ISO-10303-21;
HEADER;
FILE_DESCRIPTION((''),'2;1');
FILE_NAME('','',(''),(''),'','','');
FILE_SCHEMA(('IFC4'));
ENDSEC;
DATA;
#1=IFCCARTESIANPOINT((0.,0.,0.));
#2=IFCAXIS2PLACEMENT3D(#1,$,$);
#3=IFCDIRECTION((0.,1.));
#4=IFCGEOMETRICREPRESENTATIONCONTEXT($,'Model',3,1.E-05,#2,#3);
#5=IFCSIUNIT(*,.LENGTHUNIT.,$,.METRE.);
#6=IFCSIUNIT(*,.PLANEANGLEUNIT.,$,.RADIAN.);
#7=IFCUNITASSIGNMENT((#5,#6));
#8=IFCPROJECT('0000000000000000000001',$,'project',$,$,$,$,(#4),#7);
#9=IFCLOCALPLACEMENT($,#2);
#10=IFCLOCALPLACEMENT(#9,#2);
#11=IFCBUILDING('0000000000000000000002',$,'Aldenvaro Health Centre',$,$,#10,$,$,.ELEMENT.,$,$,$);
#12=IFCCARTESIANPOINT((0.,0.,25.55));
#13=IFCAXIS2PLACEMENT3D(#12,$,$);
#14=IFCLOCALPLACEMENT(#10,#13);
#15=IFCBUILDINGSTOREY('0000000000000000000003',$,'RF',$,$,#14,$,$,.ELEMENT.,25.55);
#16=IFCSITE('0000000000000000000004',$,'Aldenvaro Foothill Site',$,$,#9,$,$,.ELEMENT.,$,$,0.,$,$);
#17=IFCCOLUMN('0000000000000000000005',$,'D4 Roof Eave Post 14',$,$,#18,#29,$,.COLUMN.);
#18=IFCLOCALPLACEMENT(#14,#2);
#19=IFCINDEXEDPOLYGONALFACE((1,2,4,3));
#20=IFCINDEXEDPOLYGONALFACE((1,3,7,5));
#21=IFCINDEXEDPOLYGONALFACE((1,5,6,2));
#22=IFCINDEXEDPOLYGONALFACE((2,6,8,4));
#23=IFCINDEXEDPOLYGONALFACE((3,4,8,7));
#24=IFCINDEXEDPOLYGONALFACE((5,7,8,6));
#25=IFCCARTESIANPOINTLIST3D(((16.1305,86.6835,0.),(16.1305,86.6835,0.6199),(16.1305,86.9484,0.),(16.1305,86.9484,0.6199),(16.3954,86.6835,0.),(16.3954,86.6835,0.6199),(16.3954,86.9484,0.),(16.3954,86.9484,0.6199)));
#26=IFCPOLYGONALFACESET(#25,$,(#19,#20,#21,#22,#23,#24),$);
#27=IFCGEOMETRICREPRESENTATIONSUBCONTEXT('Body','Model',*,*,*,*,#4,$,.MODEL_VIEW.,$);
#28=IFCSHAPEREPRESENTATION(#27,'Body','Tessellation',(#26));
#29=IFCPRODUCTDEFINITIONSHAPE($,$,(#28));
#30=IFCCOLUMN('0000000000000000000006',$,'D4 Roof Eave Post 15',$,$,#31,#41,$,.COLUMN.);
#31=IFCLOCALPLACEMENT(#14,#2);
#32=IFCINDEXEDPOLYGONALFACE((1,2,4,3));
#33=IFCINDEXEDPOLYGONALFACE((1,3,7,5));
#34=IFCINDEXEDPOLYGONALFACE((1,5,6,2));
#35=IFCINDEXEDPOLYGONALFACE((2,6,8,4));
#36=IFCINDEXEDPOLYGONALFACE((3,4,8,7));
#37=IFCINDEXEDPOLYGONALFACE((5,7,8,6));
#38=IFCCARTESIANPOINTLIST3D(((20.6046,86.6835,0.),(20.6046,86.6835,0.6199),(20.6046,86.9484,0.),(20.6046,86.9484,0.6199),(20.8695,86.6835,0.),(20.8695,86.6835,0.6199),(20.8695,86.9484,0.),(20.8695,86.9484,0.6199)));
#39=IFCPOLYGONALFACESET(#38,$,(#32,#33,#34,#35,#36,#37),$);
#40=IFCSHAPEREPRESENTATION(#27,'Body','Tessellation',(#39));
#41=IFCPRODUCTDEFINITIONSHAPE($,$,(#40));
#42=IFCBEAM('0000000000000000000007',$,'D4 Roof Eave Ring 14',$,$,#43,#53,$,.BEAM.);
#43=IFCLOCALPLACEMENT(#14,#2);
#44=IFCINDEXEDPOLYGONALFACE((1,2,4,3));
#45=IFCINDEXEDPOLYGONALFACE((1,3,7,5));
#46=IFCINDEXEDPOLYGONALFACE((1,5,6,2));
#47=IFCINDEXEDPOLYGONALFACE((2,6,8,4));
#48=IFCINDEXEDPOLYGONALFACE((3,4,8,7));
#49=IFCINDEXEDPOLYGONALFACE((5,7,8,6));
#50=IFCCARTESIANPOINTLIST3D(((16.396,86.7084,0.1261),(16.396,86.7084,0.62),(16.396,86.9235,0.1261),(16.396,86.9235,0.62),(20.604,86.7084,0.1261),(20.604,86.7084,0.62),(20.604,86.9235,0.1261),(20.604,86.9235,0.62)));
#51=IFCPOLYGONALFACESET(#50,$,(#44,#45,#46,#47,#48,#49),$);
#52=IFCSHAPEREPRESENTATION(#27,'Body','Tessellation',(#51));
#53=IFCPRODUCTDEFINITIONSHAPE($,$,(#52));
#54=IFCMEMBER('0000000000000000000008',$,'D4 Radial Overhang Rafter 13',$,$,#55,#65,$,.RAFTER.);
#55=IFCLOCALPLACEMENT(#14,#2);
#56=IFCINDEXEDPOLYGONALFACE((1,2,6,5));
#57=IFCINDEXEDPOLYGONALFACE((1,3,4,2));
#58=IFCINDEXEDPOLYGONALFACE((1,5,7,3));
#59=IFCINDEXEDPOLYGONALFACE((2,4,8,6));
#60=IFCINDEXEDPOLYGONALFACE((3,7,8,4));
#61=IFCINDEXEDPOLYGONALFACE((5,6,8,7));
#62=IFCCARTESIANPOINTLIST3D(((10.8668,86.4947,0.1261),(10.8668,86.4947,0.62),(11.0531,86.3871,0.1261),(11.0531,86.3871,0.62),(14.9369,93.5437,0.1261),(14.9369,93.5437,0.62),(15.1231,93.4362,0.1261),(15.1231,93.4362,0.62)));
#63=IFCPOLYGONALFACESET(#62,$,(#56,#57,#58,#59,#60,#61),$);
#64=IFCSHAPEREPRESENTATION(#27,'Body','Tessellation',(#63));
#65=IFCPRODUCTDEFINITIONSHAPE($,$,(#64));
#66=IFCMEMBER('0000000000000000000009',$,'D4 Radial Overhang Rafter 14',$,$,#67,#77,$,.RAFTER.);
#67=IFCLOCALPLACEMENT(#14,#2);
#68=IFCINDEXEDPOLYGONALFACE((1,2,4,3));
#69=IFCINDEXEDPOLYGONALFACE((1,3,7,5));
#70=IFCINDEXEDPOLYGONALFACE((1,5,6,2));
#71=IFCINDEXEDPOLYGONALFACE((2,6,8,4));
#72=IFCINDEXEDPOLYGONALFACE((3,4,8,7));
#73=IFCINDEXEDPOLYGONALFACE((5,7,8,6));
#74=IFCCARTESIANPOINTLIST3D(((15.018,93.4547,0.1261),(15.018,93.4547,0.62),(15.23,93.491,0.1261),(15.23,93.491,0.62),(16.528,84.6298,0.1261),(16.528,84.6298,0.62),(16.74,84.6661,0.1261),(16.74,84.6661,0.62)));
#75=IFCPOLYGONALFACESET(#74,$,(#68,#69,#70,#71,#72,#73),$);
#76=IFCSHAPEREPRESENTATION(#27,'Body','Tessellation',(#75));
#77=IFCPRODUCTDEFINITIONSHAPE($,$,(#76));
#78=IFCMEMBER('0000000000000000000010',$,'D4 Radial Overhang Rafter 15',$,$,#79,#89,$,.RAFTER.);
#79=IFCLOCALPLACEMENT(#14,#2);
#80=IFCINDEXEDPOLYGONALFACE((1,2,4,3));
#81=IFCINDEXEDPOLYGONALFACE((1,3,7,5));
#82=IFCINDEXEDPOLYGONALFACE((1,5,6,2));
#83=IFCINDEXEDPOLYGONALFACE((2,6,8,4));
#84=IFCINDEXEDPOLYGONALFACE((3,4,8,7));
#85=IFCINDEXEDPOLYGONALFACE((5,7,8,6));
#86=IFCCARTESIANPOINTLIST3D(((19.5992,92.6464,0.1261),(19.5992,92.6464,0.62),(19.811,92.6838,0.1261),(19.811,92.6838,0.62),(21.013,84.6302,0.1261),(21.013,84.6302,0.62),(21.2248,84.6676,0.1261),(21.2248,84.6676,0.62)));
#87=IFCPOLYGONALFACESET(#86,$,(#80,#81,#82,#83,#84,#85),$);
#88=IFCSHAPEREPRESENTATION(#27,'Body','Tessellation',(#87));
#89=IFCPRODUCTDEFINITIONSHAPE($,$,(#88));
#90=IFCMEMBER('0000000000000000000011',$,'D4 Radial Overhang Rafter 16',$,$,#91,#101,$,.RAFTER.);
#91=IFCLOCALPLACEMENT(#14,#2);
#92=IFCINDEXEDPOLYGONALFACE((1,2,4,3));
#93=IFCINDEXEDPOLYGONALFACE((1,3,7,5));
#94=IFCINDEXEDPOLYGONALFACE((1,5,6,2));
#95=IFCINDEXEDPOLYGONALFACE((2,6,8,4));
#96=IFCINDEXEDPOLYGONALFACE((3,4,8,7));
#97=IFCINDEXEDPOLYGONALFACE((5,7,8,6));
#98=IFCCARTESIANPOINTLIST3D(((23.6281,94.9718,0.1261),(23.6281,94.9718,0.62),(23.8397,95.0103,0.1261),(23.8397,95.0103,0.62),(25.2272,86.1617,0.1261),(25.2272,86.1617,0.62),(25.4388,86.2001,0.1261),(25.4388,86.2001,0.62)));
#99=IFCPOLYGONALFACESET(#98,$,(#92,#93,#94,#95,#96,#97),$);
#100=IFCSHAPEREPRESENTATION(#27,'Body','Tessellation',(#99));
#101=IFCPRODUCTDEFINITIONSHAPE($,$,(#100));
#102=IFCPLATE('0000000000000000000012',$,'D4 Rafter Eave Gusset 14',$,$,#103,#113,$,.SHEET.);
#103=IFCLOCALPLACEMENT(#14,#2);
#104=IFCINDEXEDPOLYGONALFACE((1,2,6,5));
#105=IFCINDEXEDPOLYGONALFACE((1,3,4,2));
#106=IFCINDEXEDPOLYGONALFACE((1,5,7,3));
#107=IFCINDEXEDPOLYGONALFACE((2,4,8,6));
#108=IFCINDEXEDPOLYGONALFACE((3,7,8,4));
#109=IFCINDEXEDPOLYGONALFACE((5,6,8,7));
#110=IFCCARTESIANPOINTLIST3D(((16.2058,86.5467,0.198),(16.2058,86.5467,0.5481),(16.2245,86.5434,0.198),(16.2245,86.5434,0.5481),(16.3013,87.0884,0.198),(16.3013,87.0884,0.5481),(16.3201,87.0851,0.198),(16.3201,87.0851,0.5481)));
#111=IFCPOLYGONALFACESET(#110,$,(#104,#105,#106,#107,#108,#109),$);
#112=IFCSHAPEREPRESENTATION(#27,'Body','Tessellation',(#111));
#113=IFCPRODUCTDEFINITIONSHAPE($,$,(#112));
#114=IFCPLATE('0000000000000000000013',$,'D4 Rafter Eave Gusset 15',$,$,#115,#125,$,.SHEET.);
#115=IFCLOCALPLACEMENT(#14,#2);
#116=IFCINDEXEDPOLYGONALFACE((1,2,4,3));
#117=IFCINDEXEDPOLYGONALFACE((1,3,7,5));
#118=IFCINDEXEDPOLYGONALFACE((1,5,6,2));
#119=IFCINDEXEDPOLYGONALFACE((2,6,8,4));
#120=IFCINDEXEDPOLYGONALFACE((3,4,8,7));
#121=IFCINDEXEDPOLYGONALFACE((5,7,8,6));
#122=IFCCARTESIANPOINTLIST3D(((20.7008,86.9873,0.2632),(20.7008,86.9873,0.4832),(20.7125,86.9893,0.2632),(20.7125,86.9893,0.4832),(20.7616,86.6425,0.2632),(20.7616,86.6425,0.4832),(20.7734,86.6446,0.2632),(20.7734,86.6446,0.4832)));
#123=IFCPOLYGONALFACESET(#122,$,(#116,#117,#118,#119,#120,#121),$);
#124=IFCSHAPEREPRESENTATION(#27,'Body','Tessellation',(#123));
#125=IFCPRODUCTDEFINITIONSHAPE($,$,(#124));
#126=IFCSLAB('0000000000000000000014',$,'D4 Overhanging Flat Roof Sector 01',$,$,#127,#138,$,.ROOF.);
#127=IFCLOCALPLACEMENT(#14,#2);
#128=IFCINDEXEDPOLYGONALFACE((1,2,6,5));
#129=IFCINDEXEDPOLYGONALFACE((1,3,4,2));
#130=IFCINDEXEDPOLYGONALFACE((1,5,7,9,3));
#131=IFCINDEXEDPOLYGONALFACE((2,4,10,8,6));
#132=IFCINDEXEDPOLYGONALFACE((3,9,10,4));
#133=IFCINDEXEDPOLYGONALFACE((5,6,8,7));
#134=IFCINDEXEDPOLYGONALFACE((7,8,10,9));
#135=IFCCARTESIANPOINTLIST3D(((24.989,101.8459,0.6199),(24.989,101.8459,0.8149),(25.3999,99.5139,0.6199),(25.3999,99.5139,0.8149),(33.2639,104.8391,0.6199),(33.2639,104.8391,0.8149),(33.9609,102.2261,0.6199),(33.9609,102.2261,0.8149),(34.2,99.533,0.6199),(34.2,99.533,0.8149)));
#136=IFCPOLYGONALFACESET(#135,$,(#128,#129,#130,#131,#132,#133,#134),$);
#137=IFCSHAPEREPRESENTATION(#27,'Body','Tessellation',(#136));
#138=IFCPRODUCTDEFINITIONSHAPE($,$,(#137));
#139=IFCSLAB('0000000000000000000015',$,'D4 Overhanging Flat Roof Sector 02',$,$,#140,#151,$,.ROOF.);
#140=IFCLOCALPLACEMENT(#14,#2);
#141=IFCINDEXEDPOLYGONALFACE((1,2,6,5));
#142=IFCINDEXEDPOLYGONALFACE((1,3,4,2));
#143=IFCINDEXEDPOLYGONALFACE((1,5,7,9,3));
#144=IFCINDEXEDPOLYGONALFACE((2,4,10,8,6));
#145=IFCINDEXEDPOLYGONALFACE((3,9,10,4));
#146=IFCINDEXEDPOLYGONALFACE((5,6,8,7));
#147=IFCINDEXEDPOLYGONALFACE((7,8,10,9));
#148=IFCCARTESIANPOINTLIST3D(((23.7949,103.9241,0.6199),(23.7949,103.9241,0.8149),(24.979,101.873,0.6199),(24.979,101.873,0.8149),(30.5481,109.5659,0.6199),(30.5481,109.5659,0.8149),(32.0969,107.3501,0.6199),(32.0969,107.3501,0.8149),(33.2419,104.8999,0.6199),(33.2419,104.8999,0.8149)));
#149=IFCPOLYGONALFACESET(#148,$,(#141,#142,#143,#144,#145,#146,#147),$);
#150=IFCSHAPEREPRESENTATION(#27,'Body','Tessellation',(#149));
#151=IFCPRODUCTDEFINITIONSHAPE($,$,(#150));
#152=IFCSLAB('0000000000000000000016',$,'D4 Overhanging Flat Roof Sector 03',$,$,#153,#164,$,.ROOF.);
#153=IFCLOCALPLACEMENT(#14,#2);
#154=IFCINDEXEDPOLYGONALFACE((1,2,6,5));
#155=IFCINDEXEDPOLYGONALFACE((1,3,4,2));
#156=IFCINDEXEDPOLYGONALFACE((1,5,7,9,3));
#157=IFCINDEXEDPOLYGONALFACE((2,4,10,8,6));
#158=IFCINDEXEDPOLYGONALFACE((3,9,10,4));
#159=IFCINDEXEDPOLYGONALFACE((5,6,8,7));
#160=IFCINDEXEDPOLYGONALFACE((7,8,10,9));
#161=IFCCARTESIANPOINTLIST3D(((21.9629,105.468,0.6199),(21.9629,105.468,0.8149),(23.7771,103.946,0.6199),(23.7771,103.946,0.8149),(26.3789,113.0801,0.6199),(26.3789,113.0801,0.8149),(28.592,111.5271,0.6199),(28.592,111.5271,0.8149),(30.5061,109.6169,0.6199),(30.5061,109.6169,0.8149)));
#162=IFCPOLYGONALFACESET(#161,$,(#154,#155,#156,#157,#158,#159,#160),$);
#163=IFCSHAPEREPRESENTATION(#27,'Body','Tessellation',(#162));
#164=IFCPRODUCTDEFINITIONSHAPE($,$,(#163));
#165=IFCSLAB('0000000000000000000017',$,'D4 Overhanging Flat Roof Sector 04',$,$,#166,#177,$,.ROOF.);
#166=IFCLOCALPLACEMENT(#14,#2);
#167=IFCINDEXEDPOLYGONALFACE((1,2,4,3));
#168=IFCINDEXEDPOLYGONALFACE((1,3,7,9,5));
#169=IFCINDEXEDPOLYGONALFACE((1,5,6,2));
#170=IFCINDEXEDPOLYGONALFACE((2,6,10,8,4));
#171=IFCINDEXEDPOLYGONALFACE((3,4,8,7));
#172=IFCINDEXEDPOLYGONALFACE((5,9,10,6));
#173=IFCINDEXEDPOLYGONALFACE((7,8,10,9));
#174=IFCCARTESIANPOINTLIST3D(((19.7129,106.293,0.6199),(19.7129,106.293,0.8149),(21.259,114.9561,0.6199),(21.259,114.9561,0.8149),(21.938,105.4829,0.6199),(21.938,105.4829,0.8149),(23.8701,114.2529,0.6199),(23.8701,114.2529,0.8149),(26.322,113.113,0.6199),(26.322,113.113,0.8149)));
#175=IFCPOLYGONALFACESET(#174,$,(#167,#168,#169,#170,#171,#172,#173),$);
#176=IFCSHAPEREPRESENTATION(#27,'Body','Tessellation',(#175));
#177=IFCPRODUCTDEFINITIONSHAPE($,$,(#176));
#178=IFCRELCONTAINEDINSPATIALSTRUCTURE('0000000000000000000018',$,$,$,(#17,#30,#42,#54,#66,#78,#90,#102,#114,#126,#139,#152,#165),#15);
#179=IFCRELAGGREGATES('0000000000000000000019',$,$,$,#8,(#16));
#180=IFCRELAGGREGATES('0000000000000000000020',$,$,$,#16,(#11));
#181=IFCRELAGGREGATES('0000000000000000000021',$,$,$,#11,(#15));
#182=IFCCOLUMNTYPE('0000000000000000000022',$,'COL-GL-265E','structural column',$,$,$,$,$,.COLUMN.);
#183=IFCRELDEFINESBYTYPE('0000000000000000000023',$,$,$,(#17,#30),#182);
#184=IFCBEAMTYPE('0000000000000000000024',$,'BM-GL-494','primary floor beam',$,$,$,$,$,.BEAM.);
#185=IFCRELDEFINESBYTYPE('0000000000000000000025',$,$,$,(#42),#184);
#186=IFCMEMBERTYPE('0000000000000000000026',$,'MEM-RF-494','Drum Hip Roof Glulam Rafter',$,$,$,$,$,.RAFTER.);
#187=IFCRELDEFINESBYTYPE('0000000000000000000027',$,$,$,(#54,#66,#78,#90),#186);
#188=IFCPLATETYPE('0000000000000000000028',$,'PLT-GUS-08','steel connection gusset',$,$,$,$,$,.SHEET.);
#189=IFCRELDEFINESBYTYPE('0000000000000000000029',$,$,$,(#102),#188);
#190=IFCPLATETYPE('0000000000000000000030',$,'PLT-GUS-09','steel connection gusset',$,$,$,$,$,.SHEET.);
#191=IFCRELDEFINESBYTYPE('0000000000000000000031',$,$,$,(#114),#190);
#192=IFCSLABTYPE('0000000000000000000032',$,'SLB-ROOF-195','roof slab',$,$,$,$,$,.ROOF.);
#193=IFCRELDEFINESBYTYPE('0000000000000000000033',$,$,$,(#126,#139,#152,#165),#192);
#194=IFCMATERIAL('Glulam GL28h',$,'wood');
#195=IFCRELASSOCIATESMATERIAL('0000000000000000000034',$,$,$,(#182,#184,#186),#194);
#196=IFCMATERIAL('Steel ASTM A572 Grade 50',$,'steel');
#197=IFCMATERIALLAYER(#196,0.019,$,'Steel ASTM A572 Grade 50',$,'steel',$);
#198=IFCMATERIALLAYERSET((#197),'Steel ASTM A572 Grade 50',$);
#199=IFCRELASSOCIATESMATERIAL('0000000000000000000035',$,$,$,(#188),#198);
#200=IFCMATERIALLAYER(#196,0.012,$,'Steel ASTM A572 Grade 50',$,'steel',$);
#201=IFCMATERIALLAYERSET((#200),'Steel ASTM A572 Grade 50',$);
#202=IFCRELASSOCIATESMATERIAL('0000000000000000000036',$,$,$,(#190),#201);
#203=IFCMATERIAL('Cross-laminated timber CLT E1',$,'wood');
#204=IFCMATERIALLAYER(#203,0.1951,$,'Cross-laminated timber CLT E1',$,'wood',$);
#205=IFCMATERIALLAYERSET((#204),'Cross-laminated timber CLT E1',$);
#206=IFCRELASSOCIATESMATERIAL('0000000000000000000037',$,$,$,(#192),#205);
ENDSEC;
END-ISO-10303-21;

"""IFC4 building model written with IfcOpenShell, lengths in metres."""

from ifc_helpers import new_model, si_unit, direction, frame, origin, origin_2d, place, context, subcontext, project, spatial, polyline, rectangle, outline, extrude, material, layer, layer_set, material_profile, profile_set, type_object, element, save


model = new_model("IFC4")

# Units and contexts
model_context = context("Model", 3, precision=1e-05, world=origin(), true_north=direction((0.0, 1.0)))
body_context = subcontext(model_context, "Body", "Model", "MODEL_VIEW")
ifc_project = project(units=[si_unit("LENGTHUNIT", "METRE"), si_unit("PLANEANGLEUNIT", "RADIAN")], contexts=[model_context])

# Site, building, storey
site_placement = place(None, origin())
site = spatial("IfcSite", under=ifc_project, at=site_placement, Name="Aldenvaro Foothill Site", CompositionType="ELEMENT", RefElevation=0.0)
building_placement = place(site_placement, origin())
building = spatial("IfcBuilding", under=site, at=building_placement, Name="Aldenvaro Health Centre", CompositionType="ELEMENT")
storey_placement = place(building_placement, frame((0.0, 0.0, 25.55)))
storey = spatial("IfcBuildingStorey", under=building, at=storey_placement, Name="RF", CompositionType="ELEMENT", Elevation=25.55)

# Columns
ifc_material_1 = material(Name="Glulam GL28h", Category="wood")
ifc_material_profile_1 = material_profile(ifc_material_1, rectangle(XDim=0.2649, YDim=0.2649, at=origin_2d()), Name="GL 265x265", Category="wood")
ifc_profile_set_1 = profile_set([ifc_material_profile_1], Name="Glulam GL28h")
column_type = type_object("IfcColumnType", Name="COL-GL-265E", Description="structural column", PredefinedType="COLUMN", material=ifc_profile_set_1)
for number, where, z_axis, x_axis, name in (
    (1, (16.2629, 86.8159, 0.0), (0.0, 0.0, 1.0), (1.0, 0.0, 0.0), "D4 Roof Eave Post 14"),
    (2, (20.7371, 86.8159, 0.0), (0.0, 0.0, 1.0), (1.0, 0.0, 0.0), "D4 Roof Eave Post 15"),
):
    element("IfcColumn", number, at=place(storey_placement, frame(where, z_axis=z_axis, x_axis=x_axis)), inside=storey, type_object=column_type, Name=name, PredefinedType="COLUMN", context=body_context, shape_type="SweptSolid", body=[
        extrude(rectangle(XDim=0.2649, YDim=0.2649, at=origin_2d()), origin(), (0.0, 0.0, 1.0), 0.6199),
    ])

# Beam
ifc_material_profile_2 = material_profile(ifc_material_1, rectangle(XDim=0.2151, YDim=0.4939, at=origin_2d()), Name="GL 215x494", Category="wood")
ifc_profile_set_2 = profile_set([ifc_material_profile_2], Name="Glulam GL28h")
beam_type = type_object("IfcBeamType", Name="BM-GL-494", Description="primary floor beam", PredefinedType="BEAM", material=ifc_profile_set_2)
beam_placement = place(storey_placement, frame((16.396, 86.8159, 0.373), z_axis=(1.0, 0.0, 0.0), x_axis=(0.0, 1.0, 0.0)))
element("IfcBeam", 3, at=beam_placement, inside=storey, type_object=beam_type, Name="D4 Roof Eave Ring 14", PredefinedType="BEAM", context=body_context, shape_type="SweptSolid", body=[
    extrude(rectangle(XDim=0.2151, YDim=0.4939, at=origin_2d()), origin(), (0.0, 0.0, 1.0), 4.208),
])

# Members
ifc_material_profile_3 = material_profile(ifc_material_1, rectangle(XDim=0.2151, YDim=0.4939, at=origin_2d()), Name="GL 215x494", Category="wood")
ifc_profile_set_3 = profile_set([ifc_material_profile_3], Name="Glulam GL28h")
member_type = type_object("IfcMemberType", Name="MEM-RF-494", Description="Drum Hip Roof Glulam Rafter", PredefinedType="RAFTER", material=ifc_profile_set_3)
member_1_placement = place(storey_placement, frame((10.96, 86.4409, 0.373), z_axis=(0.500026, 0.86601, 0.0), x_axis=(-0.86601, 0.500026, 0.0)))
element("IfcMember", 4, at=member_1_placement, inside=storey, type_object=member_type, Name="D4 Radial Overhang Rafter 13", PredefinedType="RAFTER", context=body_context, shape_type="SweptSolid", body=[
    extrude(rectangle(XDim=0.2151, YDim=0.4939, at=origin_2d()), origin(), (0.0, 0.0, 1.0), 8.1396),
])
member_2_placement = place(storey_placement, frame((16.634, 84.6479, 0.373), z_axis=(-0.168656, 0.985675, 0.0), x_axis=(-0.985675, -0.168656, 0.0)))
element("IfcMember", 5, at=member_2_placement, inside=storey, type_object=member_type, Name="D4 Radial Overhang Rafter 14", PredefinedType="RAFTER", context=body_context, shape_type="SweptSolid", body=[
    extrude(rectangle(XDim=0.2151, YDim=0.4939, at=origin_2d()), origin(), (0.0, 0.0, 1.0), 8.9531),
])
member_3_placement = place(storey_placement, frame((21.1189, 84.6489, 0.373), z_axis=(-0.173691, 0.9848, 0.0), x_axis=(-0.9848, -0.173691, 0.0)))
element("IfcMember", 6, at=member_3_placement, inside=storey, type_object=member_type, Name="D4 Radial Overhang Rafter 15", PredefinedType="RAFTER", context=body_context, shape_type="SweptSolid", body=[
    extrude(rectangle(XDim=0.2151, YDim=0.4939, at=origin_2d()), origin(), (0.0, 0.0, 1.0), 8.1399),
])
member_4_placement = place(storey_placement, frame((25.333, 86.1809, 0.373), z_axis=(-0.178593, 0.983923, 0.0), x_axis=(-0.983923, -0.178593, 0.0)))
element("IfcMember", 7, at=member_4_placement, inside=storey, type_object=member_type, Name="D4 Radial Overhang Rafter 16", PredefinedType="RAFTER", context=body_context, shape_type="SweptSolid", body=[
    extrude(rectangle(XDim=0.2151, YDim=0.4939, at=origin_2d()), origin(), (0.0, 0.0, 1.0), 8.9541),
])

# Plates
ifc_material_2 = material(Name="Steel ASTM A572 Grade 50", Category="steel")
ifc_layer_1 = layer(ifc_material_2, 0.019, Name="Steel ASTM A572 Grade 50", Category="steel")
ifc_layer_set_1 = layer_set([ifc_layer_1], Name="Steel ASTM A572 Grade 50")
plate_type_1 = type_object("IfcPlateType", Name="PLT-GUS-08", Description="steel connection gusset", PredefinedType="SHEET", material=ifc_layer_set_1)
plate_1_placement = place(storey_placement, frame((16.2629, 86.8159, 0.198), z_axis=(0.0, 0.0, 1.0), x_axis=(-0.173683, -0.984802, 0.0)))
element("IfcPlate", 8, at=plate_1_placement, inside=storey, type_object=plate_type_1, Name="D4 Rafter Eave Gusset 14", PredefinedType="SHEET", context=body_context, shape_type="SweptSolid", body=[
    extrude(rectangle(XDim=0.55, YDim=0.019, at=origin_2d()), origin(), (0.0, 0.0, 1.0), 0.3501),
])
ifc_layer_2 = layer(ifc_material_2, 0.012, Name="Steel ASTM A572 Grade 50", Category="steel")
ifc_layer_set_2 = layer_set([ifc_layer_2], Name="Steel ASTM A572 Grade 50")
plate_type_2 = type_object("IfcPlateType", Name="PLT-GUS-09", Description="steel connection gusset", PredefinedType="SHEET", material=ifc_layer_set_2)
plate_2_placement = place(storey_placement, frame((20.7371, 86.8159, 0.2632), z_axis=(0.0, 0.0, 1.0), x_axis=(0.173683, -0.984802, 0.0)))
element("IfcPlate", 9, at=plate_2_placement, inside=storey, type_object=plate_type_2, Name="D4 Rafter Eave Gusset 15", PredefinedType="SHEET", context=body_context, shape_type="SweptSolid", body=[
    extrude(rectangle(XDim=0.3501, YDim=0.012, at=origin_2d()), origin(), (0.0, 0.0, 1.0), 0.22),
])

# Slabs
ifc_material_3 = material(Name="Cross-laminated timber CLT E1", Category="wood")
ifc_layer_3 = layer(ifc_material_3, 0.1951, Name="Cross-laminated timber CLT E1", Category="wood")
ifc_layer_set_3 = layer_set([ifc_layer_3], Name="Cross-laminated timber CLT E1")
slab_type = type_object("IfcSlabType", Name="SLB-ROOF-195", Description="roof slab", PredefinedType="ROOF", material=ifc_layer_set_3)
slab_1_placement = place(storey_placement, frame((0.0, 0.0, 0.6199)))
element("IfcSlab", 10, at=slab_1_placement, inside=storey, type_object=slab_type, Name="D4 Overhanging Flat Roof Sector 01", PredefinedType="ROOF", context=body_context, shape_type="SweptSolid", body=[
    extrude(outline(polyline([(34.2, 99.533), (33.9609, 102.2261), (33.2639, 104.8391), (24.989, 101.8459), (25.3999, 99.5139), (34.2, 99.533)])), origin(), (0.0, 0.0, 1.0), 0.1951),
])
slab_2_placement = place(storey_placement, frame((0.0, 0.0, 0.6199)))
element("IfcSlab", 11, at=slab_2_placement, inside=storey, type_object=slab_type, Name="D4 Overhanging Flat Roof Sector 02", PredefinedType="ROOF", context=body_context, shape_type="SweptSolid", body=[
    extrude(outline(polyline([(33.2419, 104.8999), (32.0969, 107.3501), (30.5481, 109.5659), (23.7949, 103.9241), (24.979, 101.873), (33.2419, 104.8999)])), origin(), (0.0, 0.0, 1.0), 0.1951),
])
slab_3_placement = place(storey_placement, frame((0.0, 0.0, 0.6199)))
element("IfcSlab", 12, at=slab_3_placement, inside=storey, type_object=slab_type, Name="D4 Overhanging Flat Roof Sector 03", PredefinedType="ROOF", context=body_context, shape_type="SweptSolid", body=[
    extrude(outline(polyline([(30.5061, 109.6169), (28.592, 111.5271), (26.3789, 113.0801), (21.9629, 105.468), (23.7771, 103.946), (30.5061, 109.6169)])), origin(), (0.0, 0.0, 1.0), 0.1951),
])
slab_4_placement = place(storey_placement, frame((0.0, 0.0, 0.6199)))
element("IfcSlab", 13, at=slab_4_placement, inside=storey, type_object=slab_type, Name="D4 Overhanging Flat Roof Sector 04", PredefinedType="ROOF", context=body_context, shape_type="SweptSolid", body=[
    extrude(outline(polyline([(26.322, 113.113), (23.8701, 114.2529), (21.259, 114.9561), (19.7129, 106.293), (21.938, 105.4829), (26.322, 113.113)])), origin(), (0.0, 0.0, 1.0), 0.1951),
])

save(model, "model.ifc")
